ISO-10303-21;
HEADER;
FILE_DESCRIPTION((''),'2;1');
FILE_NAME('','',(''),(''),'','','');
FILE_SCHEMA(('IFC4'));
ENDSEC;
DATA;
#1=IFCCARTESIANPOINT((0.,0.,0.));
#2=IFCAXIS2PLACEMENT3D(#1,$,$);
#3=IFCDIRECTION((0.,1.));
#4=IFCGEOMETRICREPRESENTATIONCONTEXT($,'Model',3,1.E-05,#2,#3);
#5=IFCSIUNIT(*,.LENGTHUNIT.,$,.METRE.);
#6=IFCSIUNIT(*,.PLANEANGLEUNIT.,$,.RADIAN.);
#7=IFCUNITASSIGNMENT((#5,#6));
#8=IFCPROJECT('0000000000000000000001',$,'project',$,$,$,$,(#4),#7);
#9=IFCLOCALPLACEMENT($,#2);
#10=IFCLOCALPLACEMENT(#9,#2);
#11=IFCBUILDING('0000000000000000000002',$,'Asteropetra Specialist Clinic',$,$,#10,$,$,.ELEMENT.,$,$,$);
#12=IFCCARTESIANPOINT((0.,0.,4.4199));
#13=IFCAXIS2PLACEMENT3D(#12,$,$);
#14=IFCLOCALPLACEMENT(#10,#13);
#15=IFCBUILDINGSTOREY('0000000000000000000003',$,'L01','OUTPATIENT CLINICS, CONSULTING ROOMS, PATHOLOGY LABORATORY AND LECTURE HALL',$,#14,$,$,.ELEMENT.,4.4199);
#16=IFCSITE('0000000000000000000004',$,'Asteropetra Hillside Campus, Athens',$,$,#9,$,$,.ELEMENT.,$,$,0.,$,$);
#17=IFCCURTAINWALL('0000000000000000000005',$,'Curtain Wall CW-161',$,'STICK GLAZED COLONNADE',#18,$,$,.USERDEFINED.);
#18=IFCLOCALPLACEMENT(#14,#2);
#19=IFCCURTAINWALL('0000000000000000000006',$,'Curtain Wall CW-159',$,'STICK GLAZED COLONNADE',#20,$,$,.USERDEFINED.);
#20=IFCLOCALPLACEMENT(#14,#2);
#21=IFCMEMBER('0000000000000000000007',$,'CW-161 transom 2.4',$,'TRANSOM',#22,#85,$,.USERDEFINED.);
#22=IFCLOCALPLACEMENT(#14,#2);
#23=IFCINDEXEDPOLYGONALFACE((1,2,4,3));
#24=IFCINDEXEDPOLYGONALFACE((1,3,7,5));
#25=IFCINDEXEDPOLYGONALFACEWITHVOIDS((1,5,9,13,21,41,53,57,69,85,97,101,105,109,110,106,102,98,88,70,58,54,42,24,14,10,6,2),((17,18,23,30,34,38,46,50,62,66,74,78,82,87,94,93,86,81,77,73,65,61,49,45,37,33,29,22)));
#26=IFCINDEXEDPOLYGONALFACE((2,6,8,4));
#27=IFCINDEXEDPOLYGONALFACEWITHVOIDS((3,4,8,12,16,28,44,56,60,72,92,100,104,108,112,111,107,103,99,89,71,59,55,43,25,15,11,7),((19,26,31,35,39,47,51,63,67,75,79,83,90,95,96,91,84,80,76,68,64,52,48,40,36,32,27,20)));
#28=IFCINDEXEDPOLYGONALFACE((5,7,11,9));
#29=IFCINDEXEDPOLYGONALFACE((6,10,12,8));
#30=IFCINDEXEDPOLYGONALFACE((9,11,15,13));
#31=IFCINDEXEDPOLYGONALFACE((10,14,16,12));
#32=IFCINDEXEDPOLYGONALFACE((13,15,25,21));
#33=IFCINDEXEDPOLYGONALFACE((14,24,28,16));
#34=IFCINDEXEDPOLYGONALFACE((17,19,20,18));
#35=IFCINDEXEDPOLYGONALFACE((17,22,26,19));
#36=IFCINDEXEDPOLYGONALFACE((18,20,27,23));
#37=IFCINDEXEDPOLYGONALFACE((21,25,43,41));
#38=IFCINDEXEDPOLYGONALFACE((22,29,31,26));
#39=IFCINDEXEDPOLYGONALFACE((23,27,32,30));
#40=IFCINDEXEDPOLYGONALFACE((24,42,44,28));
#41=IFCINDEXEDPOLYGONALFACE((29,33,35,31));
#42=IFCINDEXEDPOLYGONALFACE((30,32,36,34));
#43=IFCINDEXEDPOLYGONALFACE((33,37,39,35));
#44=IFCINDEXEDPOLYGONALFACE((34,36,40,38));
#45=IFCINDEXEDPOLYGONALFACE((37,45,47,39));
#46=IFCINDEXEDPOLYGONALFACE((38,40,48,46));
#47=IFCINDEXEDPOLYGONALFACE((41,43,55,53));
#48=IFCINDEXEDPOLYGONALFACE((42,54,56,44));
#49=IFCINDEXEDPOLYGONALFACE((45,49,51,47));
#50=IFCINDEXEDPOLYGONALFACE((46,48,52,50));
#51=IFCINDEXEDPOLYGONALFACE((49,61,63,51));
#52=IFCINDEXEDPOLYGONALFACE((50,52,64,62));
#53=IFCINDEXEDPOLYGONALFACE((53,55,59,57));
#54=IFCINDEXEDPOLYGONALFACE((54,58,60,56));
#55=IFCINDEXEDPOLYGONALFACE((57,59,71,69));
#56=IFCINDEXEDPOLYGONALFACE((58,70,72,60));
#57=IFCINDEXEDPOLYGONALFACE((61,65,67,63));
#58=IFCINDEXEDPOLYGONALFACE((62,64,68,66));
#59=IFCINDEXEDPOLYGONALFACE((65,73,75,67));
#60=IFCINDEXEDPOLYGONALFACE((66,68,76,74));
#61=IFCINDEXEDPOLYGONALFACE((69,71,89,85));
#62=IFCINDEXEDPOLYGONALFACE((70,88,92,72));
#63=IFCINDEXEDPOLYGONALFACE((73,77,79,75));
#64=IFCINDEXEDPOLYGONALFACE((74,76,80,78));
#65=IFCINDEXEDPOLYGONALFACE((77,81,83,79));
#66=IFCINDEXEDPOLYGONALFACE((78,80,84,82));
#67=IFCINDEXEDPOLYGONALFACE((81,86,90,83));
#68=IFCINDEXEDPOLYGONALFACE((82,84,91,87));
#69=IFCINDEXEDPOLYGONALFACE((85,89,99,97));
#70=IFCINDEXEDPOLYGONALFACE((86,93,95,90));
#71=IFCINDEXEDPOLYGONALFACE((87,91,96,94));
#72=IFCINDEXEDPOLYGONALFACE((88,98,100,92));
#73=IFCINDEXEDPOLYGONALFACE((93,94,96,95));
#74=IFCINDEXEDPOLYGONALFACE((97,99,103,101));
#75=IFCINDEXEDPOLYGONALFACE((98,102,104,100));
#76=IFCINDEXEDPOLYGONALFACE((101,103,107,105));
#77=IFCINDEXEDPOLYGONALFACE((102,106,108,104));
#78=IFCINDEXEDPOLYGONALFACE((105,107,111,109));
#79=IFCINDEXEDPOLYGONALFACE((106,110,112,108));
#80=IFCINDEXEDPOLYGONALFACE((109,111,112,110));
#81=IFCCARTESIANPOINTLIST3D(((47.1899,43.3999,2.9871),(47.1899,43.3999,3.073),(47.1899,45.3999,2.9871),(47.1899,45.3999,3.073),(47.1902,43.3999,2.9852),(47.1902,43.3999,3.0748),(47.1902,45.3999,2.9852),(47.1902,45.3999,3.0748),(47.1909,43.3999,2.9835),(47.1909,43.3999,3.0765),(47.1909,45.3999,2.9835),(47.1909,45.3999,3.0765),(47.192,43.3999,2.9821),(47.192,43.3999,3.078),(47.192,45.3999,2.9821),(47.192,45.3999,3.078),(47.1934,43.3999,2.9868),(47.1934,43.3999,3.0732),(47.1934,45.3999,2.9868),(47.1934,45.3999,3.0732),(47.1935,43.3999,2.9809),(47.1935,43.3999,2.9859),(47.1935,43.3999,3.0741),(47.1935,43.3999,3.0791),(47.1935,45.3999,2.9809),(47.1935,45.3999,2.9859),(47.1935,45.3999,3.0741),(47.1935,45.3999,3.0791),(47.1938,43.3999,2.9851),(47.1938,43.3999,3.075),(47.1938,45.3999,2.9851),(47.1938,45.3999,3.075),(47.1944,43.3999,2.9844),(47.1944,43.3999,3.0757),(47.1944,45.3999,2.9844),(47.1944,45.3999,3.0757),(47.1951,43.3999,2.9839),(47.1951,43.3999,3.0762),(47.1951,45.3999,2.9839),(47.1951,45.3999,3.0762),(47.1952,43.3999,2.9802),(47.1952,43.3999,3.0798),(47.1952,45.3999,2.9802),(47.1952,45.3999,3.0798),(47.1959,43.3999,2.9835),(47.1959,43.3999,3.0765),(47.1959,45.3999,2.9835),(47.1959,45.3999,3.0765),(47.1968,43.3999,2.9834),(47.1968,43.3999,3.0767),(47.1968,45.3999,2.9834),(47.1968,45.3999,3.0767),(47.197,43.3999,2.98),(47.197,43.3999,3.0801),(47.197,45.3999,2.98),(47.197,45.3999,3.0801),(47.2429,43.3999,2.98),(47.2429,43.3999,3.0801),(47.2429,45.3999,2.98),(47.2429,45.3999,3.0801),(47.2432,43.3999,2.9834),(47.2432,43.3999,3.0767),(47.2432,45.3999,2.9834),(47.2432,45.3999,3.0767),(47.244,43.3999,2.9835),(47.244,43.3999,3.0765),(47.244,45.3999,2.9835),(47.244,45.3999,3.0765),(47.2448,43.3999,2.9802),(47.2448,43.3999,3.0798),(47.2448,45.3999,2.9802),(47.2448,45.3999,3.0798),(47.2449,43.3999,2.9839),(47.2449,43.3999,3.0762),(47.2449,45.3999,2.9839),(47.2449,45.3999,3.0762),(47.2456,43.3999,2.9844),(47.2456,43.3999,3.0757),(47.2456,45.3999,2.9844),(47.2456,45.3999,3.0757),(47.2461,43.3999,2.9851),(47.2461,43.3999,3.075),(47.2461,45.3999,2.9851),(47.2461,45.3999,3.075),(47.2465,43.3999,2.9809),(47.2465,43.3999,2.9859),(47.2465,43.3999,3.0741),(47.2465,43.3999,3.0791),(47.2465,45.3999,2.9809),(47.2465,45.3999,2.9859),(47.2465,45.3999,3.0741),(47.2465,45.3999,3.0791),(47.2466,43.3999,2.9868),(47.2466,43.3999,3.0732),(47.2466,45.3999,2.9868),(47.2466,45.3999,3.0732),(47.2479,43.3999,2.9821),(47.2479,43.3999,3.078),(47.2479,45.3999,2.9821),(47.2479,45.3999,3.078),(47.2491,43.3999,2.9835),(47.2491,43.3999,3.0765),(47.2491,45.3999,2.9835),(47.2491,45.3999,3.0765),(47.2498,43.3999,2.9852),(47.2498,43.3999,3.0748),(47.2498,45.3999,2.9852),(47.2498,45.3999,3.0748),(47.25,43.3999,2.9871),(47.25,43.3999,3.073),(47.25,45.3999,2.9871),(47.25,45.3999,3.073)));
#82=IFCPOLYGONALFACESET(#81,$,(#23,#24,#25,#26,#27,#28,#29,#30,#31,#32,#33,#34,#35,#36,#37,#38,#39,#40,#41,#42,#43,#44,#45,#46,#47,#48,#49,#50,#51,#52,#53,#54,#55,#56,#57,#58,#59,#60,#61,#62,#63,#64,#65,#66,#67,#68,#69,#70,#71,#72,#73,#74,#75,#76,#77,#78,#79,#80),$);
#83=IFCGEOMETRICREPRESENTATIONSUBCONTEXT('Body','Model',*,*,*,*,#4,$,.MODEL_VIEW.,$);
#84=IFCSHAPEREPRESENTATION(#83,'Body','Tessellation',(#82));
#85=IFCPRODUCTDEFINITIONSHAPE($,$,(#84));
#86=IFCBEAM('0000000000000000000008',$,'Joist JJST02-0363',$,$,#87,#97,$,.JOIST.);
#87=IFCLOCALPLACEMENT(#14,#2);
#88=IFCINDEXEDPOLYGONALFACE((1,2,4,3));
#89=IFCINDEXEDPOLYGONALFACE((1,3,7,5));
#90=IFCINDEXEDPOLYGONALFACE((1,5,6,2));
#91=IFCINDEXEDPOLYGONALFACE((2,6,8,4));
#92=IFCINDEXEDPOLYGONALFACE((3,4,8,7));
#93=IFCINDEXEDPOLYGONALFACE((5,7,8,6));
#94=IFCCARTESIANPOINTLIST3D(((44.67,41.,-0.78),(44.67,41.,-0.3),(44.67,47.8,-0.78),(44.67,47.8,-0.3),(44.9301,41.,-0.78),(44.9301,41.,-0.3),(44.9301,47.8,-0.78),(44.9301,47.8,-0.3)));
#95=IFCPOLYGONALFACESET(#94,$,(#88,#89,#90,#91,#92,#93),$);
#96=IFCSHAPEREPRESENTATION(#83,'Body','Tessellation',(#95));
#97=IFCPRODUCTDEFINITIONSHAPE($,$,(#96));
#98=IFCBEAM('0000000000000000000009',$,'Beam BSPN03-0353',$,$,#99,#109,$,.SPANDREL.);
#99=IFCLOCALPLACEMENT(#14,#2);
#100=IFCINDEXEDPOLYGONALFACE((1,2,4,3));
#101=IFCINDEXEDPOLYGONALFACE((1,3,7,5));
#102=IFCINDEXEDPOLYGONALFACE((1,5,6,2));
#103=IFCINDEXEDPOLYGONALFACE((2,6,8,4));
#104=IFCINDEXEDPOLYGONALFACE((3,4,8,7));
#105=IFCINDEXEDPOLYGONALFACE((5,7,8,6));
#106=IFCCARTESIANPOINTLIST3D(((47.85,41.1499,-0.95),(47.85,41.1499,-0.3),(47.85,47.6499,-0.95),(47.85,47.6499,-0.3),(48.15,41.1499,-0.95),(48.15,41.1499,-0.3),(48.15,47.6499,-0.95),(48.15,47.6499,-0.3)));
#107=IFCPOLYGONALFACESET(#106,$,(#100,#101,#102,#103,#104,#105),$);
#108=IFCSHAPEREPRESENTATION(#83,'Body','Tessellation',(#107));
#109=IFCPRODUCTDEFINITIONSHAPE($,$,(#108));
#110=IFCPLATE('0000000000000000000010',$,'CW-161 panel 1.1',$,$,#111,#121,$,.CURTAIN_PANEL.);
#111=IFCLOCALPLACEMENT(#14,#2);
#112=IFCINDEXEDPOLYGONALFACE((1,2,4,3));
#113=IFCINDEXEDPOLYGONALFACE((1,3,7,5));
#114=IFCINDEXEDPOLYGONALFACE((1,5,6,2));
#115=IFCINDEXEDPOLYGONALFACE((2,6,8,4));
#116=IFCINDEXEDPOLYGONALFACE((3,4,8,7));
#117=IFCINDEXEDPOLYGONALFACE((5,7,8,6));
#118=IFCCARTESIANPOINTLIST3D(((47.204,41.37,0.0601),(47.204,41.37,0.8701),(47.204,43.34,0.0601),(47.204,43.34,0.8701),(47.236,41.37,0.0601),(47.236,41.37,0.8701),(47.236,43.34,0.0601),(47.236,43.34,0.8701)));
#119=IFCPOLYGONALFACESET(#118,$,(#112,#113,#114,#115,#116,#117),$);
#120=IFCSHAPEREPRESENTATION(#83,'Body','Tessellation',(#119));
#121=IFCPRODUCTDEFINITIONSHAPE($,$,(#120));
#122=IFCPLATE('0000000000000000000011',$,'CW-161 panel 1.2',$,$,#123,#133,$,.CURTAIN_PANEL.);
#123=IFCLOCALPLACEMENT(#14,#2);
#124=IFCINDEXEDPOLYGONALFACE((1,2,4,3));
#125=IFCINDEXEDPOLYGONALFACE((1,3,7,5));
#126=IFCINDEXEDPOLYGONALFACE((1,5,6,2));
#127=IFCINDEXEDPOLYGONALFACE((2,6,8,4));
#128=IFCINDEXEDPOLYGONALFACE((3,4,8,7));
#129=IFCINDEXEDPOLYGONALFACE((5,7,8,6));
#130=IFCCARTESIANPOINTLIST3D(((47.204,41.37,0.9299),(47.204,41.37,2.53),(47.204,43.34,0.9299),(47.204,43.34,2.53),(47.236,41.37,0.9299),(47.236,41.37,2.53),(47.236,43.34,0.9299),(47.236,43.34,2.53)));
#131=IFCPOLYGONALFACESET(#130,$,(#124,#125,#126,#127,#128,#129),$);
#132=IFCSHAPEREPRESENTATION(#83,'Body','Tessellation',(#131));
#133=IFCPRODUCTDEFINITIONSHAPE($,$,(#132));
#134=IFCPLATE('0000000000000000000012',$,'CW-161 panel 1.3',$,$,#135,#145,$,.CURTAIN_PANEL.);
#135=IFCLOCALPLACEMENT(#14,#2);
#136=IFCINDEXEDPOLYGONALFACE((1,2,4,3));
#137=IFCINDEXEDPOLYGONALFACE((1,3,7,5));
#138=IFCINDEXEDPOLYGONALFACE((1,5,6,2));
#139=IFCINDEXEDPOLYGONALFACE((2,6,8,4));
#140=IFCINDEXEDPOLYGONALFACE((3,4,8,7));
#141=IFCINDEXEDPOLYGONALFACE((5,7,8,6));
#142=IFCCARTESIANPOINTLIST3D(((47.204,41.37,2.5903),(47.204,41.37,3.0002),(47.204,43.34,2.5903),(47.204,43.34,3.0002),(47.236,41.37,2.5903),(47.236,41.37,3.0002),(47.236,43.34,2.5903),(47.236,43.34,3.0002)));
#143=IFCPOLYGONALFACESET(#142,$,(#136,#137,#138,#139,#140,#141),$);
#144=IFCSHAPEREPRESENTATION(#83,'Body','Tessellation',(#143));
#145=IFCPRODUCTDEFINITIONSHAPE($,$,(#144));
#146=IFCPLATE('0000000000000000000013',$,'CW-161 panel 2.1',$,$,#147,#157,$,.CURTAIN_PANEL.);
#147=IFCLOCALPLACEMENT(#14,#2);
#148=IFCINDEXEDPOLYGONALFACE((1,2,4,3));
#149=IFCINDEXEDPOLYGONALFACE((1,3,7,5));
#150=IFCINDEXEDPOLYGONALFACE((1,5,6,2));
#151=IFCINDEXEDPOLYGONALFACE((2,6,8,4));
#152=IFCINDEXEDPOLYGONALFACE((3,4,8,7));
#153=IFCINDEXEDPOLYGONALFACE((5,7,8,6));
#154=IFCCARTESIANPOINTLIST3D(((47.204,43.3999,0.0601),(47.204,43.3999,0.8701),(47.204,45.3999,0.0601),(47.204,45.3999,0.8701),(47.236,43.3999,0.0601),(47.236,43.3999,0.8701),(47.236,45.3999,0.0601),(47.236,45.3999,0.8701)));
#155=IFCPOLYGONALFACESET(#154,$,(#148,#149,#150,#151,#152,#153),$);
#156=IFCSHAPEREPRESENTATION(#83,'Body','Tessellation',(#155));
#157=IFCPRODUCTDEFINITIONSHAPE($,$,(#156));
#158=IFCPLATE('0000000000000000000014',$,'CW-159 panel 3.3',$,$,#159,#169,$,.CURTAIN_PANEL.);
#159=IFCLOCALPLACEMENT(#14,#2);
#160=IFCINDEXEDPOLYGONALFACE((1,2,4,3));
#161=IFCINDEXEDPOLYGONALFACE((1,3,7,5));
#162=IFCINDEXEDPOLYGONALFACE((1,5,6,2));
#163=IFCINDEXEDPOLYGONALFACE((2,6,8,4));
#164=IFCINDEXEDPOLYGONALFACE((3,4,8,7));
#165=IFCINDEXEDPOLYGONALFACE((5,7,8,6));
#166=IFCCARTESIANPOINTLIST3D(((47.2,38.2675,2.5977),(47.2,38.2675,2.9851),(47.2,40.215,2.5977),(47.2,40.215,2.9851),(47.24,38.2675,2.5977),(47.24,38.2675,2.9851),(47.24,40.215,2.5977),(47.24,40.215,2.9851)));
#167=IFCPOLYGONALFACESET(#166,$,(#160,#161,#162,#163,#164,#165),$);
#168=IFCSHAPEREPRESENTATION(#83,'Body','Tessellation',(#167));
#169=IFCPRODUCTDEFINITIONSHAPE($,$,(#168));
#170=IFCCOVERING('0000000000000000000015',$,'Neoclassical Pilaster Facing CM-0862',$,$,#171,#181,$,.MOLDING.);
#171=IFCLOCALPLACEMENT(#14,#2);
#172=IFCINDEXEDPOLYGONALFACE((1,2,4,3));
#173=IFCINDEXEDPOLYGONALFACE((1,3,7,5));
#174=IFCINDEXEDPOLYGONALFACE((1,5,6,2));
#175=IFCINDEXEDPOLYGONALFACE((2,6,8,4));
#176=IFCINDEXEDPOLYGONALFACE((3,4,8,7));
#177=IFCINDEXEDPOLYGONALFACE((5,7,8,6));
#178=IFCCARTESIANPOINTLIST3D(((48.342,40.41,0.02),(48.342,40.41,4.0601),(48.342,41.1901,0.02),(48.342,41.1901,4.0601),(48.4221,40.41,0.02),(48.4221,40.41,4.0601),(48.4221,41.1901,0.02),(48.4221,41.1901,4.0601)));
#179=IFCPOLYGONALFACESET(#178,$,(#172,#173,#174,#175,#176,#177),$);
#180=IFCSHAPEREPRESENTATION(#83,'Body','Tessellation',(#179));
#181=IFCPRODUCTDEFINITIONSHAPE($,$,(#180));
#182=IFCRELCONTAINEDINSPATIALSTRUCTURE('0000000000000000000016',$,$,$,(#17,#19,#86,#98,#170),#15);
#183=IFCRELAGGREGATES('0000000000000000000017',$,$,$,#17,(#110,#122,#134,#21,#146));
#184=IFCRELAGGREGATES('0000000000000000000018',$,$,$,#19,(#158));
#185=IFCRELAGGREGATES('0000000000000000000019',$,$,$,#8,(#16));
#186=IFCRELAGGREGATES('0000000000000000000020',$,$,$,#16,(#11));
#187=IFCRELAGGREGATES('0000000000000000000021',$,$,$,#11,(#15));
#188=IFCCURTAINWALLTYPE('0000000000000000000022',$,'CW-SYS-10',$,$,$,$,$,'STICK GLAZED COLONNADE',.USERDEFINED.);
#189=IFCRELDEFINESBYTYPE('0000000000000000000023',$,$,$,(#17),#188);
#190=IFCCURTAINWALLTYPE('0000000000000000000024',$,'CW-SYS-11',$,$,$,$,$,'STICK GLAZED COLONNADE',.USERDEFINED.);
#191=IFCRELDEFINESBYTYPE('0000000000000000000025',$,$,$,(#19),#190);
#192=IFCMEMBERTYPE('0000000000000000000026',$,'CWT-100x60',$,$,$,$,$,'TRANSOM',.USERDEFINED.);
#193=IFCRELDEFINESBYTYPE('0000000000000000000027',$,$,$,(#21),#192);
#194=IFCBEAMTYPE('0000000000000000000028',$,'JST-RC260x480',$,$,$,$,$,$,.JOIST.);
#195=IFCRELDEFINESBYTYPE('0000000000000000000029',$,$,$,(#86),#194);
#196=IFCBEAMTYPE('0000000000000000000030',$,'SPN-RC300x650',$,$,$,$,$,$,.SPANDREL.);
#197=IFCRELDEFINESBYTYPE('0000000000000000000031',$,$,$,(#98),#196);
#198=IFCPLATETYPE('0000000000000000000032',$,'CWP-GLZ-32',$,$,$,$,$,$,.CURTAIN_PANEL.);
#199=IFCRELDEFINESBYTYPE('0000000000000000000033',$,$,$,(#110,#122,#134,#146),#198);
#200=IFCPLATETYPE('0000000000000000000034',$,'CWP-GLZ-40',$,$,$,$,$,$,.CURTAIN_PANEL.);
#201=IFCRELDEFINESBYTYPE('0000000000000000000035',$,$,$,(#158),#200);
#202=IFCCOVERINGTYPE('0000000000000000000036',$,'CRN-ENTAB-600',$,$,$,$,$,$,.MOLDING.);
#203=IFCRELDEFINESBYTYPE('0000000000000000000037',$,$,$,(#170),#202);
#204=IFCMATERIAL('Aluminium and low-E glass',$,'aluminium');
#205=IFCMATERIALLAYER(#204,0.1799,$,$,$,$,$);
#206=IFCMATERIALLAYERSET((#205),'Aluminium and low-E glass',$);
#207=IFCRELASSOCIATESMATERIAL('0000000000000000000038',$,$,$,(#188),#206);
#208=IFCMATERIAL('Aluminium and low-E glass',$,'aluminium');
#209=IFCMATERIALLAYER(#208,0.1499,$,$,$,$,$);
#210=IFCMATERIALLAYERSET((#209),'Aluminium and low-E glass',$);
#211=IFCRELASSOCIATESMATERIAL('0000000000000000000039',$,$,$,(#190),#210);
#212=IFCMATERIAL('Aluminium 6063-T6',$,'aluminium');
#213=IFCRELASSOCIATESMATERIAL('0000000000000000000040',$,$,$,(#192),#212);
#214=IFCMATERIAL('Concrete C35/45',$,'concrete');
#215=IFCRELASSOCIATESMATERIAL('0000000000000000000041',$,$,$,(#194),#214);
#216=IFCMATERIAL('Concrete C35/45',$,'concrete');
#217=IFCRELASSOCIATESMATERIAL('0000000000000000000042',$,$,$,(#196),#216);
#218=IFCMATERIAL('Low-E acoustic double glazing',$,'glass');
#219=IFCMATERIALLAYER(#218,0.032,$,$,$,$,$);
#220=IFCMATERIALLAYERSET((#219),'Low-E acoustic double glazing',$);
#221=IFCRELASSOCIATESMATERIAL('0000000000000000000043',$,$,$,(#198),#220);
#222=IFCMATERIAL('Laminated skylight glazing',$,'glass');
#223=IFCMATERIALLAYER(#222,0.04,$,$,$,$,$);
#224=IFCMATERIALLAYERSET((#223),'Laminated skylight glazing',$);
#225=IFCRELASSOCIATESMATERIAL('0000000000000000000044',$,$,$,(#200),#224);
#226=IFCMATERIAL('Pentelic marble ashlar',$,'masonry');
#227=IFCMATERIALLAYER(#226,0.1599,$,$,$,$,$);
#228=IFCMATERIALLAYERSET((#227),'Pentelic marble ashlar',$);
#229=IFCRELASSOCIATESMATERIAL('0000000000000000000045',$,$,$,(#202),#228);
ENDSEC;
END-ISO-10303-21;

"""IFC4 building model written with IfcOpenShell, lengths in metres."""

from ifc_helpers import new_model, si_unit, direction, frame, origin, origin_2d, place, context, subcontext, project, spatial, rectangle, hollow_rectangle, extrude, material, layer, layer_set, material_profile, profile_set, type_object, element, aggregate, save


model = new_model("IFC4")

# Units and contexts
model_context = context("Model", 3, precision=1e-05, world=origin(), true_north=direction((0.0, 1.0)))
body_context = subcontext(model_context, "Body", "Model", "MODEL_VIEW")
ifc_project = project(units=[si_unit("LENGTHUNIT", "METRE"), si_unit("PLANEANGLEUNIT", "RADIAN")], contexts=[model_context])

# Site, building, storey
site_placement = place(None, origin())
site = spatial("IfcSite", under=ifc_project, at=site_placement, Name="Asteropetra Hillside Campus, Athens", CompositionType="ELEMENT", RefElevation=0.0)
building_placement = place(site_placement, origin())
building = spatial("IfcBuilding", under=site, at=building_placement, Name="Asteropetra Specialist Clinic", CompositionType="ELEMENT")
storey_placement = place(building_placement, frame((0.0, 0.0, 4.4199)))
storey = spatial("IfcBuildingStorey", under=building, at=storey_placement, Name="L01", Description="OUTPATIENT CLINICS, CONSULTING ROOMS, PATHOLOGY LABORATORY AND LECTURE HALL", CompositionType="ELEMENT", Elevation=4.4199)

# Curtain wall
ifc_material_1 = material(Name="Aluminium and low-E glass", Category="aluminium")
ifc_layer_1 = layer(ifc_material_1, 0.1799)
ifc_layer_set_1 = layer_set([ifc_layer_1], Name="Aluminium and low-E glass")
curtain_wall_type_1 = type_object("IfcCurtainWallType", Name="CW-SYS-10", ElementType="STICK GLAZED COLONNADE", PredefinedType="USERDEFINED", material=ifc_layer_set_1)
curtain_wall_1_placement = place(storey_placement, origin())
curtain_wall_1 = element("IfcCurtainWall", 1, at=curtain_wall_1_placement, inside=storey, type_object=curtain_wall_type_1, Name="Curtain Wall CW-161", ObjectType="STICK GLAZED COLONNADE", PredefinedType="USERDEFINED")

# Curtain wall
ifc_material_2 = material(Name="Aluminium and low-E glass", Category="aluminium")
ifc_layer_2 = layer(ifc_material_2, 0.1499)
ifc_layer_set_2 = layer_set([ifc_layer_2], Name="Aluminium and low-E glass")
curtain_wall_type_2 = type_object("IfcCurtainWallType", Name="CW-SYS-11", ElementType="STICK GLAZED COLONNADE", PredefinedType="USERDEFINED", material=ifc_layer_set_2)
curtain_wall_2_placement = place(storey_placement, origin())
curtain_wall_2 = element("IfcCurtainWall", 2, at=curtain_wall_2_placement, inside=storey, type_object=curtain_wall_type_2, Name="Curtain Wall CW-159", ObjectType="STICK GLAZED COLONNADE", PredefinedType="USERDEFINED")

# Member
ifc_material_3 = material(Name="Aluminium 6063-T6", Category="aluminium")
ifc_material_profile_1 = material_profile(ifc_material_3, hollow_rectangle(XDim=0.0601, YDim=0.1001, WallThickness=0.0034, InnerFilletRadius=0.0034, OuterFilletRadius=0.0071, at=origin_2d()), Name="TRN 100x60x3.5")
ifc_profile_set_1 = profile_set([ifc_material_profile_1], Name="Aluminium 6063-T6")
member_type_1 = type_object("IfcMemberType", Name="CWT-100x60", ElementType="TRANSOM", PredefinedType="USERDEFINED", material=ifc_profile_set_1)
member_1_placement = place(storey_placement, frame((47.22, 43.3999, 3.03), z_axis=(0.0, 1.0, 0.0), x_axis=(-1.0, 0.0, 0.0)))
member_1 = element("IfcMember", 3, at=member_1_placement, type_object=member_type_1, Name="CW-161 transom 2.4", ObjectType="TRANSOM", PredefinedType="USERDEFINED", context=body_context, shape_type="SweptSolid", body=[
    extrude(hollow_rectangle(XDim=0.0601, YDim=0.1001, WallThickness=0.0034, InnerFilletRadius=0.0034, OuterFilletRadius=0.0071, at=origin_2d()), origin(), (0.0, 0.0, 1.0), 2.0),
])

# Beams
ifc_material_4 = material(Name="Concrete C35/45", Category="concrete")
ifc_material_profile_2 = material_profile(ifc_material_4, rectangle(XDim=0.26, YDim=0.48, at=origin_2d()), Name="RCJ 260x480")
ifc_profile_set_2 = profile_set([ifc_material_profile_2], Name="Concrete C35/45")
beam_type_1 = type_object("IfcBeamType", Name="JST-RC260x480", PredefinedType="JOIST", material=ifc_profile_set_2)
beam_1_placement = place(storey_placement, frame((44.8, 41.0, -0.54), z_axis=(0.0, 1.0, 0.0), x_axis=(-1.0, 0.0, 0.0)))
element("IfcBeam", 4, at=beam_1_placement, inside=storey, type_object=beam_type_1, Name="Joist JJST02-0363", PredefinedType="JOIST", context=body_context, shape_type="SweptSolid", body=[
    extrude(rectangle(XDim=0.26, YDim=0.48, at=origin_2d()), origin(), (0.0, 0.0, 1.0), 6.8),
])
ifc_material_5 = material(Name="Concrete C35/45", Category="concrete")
ifc_material_profile_3 = material_profile(ifc_material_5, rectangle(XDim=0.3, YDim=0.6499, at=origin_2d()), Name="RCS 300x650")
ifc_profile_set_3 = profile_set([ifc_material_profile_3], Name="Concrete C35/45")
beam_type_2 = type_object("IfcBeamType", Name="SPN-RC300x650", PredefinedType="SPANDREL", material=ifc_profile_set_3)
beam_2_placement = place(storey_placement, frame((48.0, 41.1499, -0.625), z_axis=(0.0, 1.0, 0.0), x_axis=(-1.0, 0.0, 0.0)))
element("IfcBeam", 5, at=beam_2_placement, inside=storey, type_object=beam_type_2, Name="Beam BSPN03-0353", PredefinedType="SPANDREL", context=body_context, shape_type="SweptSolid", body=[
    extrude(rectangle(XDim=0.3, YDim=0.6499, at=origin_2d()), origin(), (0.0, 0.0, 1.0), 6.5),
])

# Plates
ifc_material_6 = material(Name="Low-E acoustic double glazing", Category="glass")
ifc_layer_3 = layer(ifc_material_6, 0.032)
ifc_layer_set_3 = layer_set([ifc_layer_3], Name="Low-E acoustic double glazing")
plate_type_1 = type_object("IfcPlateType", Name="CWP-GLZ-32", PredefinedType="CURTAIN_PANEL", material=ifc_layer_set_3)
plate_1_placement = place(storey_placement, frame((47.22, 42.355, 0.0601), z_axis=(0.0, 0.0, 1.0), x_axis=(0.0, 1.0, 0.0)))
plate_1 = element("IfcPlate", 6, at=plate_1_placement, type_object=plate_type_1, Name="CW-161 panel 1.1", PredefinedType="CURTAIN_PANEL", context=body_context, shape_type="SweptSolid", body=[
    extrude(rectangle(XDim=1.97, YDim=0.032, at=origin_2d()), origin(), (0.0, 0.0, 1.0), 0.8101),
])
plate_2_placement = place(storey_placement, frame((47.22, 42.355, 0.9299), z_axis=(0.0, 0.0, 1.0), x_axis=(0.0, 1.0, 0.0)))
plate_2 = element("IfcPlate", 7, at=plate_2_placement, type_object=plate_type_1, Name="CW-161 panel 1.2", PredefinedType="CURTAIN_PANEL", context=body_context, shape_type="SweptSolid", body=[
    extrude(rectangle(XDim=1.97, YDim=0.032, at=origin_2d()), origin(), (0.0, 0.0, 1.0), 1.6001),
])
plate_3_placement = place(storey_placement, frame((47.22, 42.355, 2.5903), z_axis=(0.0, 0.0, 1.0), x_axis=(0.0, 1.0, 0.0)))
plate_3 = element("IfcPlate", 8, at=plate_3_placement, type_object=plate_type_1, Name="CW-161 panel 1.3", PredefinedType="CURTAIN_PANEL", context=body_context, shape_type="SweptSolid", body=[
    extrude(rectangle(XDim=1.97, YDim=0.032, at=origin_2d()), origin(), (0.0, 0.0, 1.0), 0.4099),
])
plate_4_placement = place(storey_placement, frame((47.22, 44.3999, 0.0601), z_axis=(0.0, 0.0, 1.0), x_axis=(0.0, 1.0, 0.0)))
plate_4 = element("IfcPlate", 9, at=plate_4_placement, type_object=plate_type_1, Name="CW-161 panel 2.1", PredefinedType="CURTAIN_PANEL", context=body_context, shape_type="SweptSolid", body=[
    extrude(rectangle(XDim=2.0, YDim=0.032, at=origin_2d()), origin(), (0.0, 0.0, 1.0), 0.8101),
])
aggregate(curtain_wall_1, [plate_1, plate_2, plate_3, member_1, plate_4])
ifc_material_7 = material(Name="Laminated skylight glazing", Category="glass")
ifc_layer_4 = layer(ifc_material_7, 0.04)
ifc_layer_set_4 = layer_set([ifc_layer_4], Name="Laminated skylight glazing")
plate_type_2 = type_object("IfcPlateType", Name="CWP-GLZ-40", PredefinedType="CURTAIN_PANEL", material=ifc_layer_set_4)
plate_5_placement = place(storey_placement, frame((47.22, 39.2412, 2.5977), z_axis=(0.0, 0.0, 1.0), x_axis=(0.0, 1.0, 0.0)))
plate_5 = element("IfcPlate", 10, at=plate_5_placement, type_object=plate_type_2, Name="CW-159 panel 3.3", PredefinedType="CURTAIN_PANEL", context=body_context, shape_type="SweptSolid", body=[
    extrude(rectangle(XDim=1.9475, YDim=0.04, at=origin_2d()), origin(), (0.0, 0.0, 1.0), 0.3875),
])
aggregate(curtain_wall_2, [plate_5])

# Covering
ifc_material_8 = material(Name="Pentelic marble ashlar", Category="masonry")
ifc_layer_5 = layer(ifc_material_8, 0.1599)
ifc_layer_set_5 = layer_set([ifc_layer_5], Name="Pentelic marble ashlar")
covering_type = type_object("IfcCoveringType", Name="CRN-ENTAB-600", PredefinedType="MOLDING", material=ifc_layer_set_5)
covering_placement = place(storey_placement, frame((48.3821, 40.8, 0.02), z_axis=(0.0, 0.0, 1.0), x_axis=(1.0, 0.0, 0.0)))
element("IfcCovering", 11, at=covering_placement, inside=storey, type_object=covering_type, Name="Neoclassical Pilaster Facing CM-0862", PredefinedType="MOLDING", context=body_context, shape_type="SweptSolid", body=[
    extrude(rectangle(XDim=0.0801, YDim=0.78, at=origin_2d()), origin(), (0.0, 0.0, 1.0), 4.04),
])

save(model, "model.ifc")
